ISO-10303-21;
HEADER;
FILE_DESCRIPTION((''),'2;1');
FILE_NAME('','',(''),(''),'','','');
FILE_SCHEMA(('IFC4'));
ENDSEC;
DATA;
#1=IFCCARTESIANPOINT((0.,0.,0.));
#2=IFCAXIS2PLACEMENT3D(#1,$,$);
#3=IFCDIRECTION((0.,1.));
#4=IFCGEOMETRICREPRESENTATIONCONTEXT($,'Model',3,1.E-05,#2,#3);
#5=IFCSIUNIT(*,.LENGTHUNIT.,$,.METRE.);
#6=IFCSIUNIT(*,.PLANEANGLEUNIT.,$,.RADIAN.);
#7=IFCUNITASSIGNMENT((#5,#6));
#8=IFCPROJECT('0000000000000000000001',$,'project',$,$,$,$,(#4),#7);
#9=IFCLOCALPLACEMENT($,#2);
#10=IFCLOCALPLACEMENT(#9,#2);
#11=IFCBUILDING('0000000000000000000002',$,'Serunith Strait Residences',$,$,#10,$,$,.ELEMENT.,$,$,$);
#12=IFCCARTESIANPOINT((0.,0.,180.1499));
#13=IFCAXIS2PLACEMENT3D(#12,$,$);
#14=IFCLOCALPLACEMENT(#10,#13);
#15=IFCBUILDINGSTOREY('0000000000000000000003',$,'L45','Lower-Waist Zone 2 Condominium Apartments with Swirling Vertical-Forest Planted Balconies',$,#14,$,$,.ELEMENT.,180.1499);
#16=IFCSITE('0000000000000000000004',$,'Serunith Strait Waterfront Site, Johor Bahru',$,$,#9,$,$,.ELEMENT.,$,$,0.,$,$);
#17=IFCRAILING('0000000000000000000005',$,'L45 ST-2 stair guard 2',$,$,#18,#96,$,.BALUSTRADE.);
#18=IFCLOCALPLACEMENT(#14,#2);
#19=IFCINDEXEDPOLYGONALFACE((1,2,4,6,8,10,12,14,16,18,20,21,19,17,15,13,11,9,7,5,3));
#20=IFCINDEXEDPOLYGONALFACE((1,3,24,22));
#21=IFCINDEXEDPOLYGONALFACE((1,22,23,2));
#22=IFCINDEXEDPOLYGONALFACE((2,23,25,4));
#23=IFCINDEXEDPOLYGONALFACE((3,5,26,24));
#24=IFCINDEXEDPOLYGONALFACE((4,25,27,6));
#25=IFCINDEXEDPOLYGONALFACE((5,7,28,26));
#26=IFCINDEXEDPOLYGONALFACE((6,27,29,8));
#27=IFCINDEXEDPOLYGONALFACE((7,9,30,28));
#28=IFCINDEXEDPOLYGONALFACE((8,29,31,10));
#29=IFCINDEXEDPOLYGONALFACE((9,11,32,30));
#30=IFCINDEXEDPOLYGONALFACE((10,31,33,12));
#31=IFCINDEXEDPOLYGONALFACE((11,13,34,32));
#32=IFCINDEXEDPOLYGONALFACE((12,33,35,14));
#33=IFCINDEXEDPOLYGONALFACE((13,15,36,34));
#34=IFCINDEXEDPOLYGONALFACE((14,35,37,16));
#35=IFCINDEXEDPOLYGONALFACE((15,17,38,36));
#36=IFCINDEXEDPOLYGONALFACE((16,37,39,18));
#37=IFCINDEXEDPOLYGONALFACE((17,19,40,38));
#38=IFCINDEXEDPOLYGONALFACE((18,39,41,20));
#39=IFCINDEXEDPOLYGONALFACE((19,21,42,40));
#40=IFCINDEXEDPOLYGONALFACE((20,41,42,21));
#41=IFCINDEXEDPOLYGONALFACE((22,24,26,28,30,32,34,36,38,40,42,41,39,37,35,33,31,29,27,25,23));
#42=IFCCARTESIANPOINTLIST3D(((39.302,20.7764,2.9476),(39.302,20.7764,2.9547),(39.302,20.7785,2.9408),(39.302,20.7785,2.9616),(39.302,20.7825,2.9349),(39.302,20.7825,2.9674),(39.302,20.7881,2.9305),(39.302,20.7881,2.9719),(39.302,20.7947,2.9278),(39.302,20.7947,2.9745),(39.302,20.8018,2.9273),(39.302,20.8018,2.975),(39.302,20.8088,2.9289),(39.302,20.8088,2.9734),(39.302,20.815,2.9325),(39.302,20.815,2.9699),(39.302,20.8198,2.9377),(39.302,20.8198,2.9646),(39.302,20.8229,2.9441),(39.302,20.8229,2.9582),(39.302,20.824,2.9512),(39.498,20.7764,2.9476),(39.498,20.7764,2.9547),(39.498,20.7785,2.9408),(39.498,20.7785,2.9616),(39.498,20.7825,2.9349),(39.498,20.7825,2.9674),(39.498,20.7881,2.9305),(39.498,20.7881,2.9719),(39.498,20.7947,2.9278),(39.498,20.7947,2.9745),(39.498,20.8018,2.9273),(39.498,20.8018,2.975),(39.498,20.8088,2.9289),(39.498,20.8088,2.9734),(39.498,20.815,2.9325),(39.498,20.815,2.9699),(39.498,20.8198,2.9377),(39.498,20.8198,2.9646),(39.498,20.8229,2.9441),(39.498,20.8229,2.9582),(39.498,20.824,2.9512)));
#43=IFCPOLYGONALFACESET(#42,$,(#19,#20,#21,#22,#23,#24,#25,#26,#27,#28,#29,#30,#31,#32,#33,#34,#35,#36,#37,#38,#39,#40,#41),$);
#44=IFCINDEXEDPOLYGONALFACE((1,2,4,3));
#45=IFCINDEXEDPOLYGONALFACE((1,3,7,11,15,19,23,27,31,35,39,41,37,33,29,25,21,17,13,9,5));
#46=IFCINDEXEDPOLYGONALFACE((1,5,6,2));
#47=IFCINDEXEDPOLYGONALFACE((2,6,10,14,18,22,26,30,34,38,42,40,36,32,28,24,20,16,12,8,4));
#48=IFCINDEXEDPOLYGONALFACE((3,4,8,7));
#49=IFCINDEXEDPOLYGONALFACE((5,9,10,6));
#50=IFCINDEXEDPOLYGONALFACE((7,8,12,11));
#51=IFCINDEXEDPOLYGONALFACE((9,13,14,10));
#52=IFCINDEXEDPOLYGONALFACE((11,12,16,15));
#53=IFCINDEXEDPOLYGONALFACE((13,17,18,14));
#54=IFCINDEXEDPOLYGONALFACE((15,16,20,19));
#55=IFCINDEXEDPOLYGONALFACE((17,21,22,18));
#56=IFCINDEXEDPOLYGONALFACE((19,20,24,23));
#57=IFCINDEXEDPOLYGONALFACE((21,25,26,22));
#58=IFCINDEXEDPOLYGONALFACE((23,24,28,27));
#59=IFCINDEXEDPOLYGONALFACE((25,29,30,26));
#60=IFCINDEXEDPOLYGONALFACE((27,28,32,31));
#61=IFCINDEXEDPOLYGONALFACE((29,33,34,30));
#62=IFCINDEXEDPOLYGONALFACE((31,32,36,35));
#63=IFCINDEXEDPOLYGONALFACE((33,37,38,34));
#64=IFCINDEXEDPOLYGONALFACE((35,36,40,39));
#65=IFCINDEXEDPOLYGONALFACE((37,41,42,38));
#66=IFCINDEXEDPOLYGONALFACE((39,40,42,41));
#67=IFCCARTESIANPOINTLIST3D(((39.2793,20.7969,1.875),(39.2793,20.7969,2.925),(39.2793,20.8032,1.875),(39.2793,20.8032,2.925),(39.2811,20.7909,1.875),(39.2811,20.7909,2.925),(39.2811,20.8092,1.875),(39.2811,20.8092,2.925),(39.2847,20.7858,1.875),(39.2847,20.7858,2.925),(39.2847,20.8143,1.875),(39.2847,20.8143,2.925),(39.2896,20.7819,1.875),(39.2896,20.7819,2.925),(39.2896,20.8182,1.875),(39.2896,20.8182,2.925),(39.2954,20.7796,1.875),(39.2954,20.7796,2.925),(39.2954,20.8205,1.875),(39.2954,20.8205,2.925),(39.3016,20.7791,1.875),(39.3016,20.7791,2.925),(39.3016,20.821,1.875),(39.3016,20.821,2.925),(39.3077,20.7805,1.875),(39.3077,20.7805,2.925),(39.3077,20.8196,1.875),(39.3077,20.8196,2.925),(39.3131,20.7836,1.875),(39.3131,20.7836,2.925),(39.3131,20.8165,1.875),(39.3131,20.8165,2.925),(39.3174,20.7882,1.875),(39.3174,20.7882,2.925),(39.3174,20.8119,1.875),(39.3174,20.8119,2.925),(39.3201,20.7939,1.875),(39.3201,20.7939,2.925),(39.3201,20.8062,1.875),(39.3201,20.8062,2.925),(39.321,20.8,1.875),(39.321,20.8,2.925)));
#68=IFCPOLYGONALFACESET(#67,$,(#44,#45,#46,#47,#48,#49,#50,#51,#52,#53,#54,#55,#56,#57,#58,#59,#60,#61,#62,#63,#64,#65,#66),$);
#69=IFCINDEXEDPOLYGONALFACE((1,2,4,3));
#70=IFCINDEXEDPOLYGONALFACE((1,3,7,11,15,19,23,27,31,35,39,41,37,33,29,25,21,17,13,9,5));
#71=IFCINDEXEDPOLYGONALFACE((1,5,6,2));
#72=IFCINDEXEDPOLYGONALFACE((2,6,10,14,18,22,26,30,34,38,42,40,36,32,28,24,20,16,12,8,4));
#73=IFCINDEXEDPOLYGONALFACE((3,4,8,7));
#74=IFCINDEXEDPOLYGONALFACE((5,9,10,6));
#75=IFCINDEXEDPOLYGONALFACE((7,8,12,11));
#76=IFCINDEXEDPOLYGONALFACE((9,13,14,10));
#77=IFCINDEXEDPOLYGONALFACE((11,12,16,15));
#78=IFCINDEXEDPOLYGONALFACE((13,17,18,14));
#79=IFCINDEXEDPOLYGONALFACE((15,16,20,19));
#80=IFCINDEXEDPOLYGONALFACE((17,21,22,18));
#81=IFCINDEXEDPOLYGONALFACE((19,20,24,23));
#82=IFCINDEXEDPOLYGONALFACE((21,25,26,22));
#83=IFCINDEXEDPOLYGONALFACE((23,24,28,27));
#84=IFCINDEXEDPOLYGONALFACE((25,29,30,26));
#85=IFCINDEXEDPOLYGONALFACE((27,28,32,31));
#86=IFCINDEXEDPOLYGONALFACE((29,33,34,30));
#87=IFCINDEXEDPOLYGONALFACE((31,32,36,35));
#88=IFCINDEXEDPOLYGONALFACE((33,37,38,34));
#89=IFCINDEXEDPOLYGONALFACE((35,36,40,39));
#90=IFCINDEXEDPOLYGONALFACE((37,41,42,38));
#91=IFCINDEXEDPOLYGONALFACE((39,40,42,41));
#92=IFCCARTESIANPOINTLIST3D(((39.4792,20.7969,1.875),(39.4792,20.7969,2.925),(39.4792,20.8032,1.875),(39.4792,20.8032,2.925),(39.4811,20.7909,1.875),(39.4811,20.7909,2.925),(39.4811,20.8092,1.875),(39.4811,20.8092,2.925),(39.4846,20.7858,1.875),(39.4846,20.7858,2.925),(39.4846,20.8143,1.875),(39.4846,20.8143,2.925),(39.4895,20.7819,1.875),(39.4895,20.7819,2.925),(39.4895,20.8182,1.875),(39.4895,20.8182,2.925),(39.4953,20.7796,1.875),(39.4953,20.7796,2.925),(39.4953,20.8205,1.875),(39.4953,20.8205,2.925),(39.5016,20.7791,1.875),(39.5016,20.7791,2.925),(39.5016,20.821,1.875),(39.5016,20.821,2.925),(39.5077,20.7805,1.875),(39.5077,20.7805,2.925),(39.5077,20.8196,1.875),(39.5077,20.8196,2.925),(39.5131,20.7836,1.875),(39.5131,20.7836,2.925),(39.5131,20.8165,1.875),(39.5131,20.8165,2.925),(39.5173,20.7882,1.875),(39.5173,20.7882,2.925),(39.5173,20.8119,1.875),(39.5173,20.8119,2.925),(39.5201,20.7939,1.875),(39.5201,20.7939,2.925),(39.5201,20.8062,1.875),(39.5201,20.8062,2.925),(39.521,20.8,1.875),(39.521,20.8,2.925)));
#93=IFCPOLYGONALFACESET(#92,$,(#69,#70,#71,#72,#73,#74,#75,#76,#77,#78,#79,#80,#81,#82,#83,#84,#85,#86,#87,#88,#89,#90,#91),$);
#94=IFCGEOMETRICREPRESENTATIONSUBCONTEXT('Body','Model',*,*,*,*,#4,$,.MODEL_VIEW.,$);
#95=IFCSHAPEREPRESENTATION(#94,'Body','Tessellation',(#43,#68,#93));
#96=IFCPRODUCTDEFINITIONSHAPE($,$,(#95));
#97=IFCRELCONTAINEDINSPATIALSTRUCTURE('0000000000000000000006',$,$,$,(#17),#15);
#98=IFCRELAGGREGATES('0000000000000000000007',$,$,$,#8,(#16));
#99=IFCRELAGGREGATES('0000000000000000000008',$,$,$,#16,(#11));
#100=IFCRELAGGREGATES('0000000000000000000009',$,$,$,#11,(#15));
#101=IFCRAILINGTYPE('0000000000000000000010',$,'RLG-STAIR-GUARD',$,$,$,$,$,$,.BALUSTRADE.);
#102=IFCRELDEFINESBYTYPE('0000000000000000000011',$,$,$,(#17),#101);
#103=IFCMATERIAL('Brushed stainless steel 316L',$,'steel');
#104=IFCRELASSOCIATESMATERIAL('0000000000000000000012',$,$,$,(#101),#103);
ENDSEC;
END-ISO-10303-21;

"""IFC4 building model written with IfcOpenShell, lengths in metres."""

from ifc_helpers import new_model, si_unit, direction, frame, origin, origin_2d, place, context, subcontext, project, spatial, circle, extrude, material, type_object, element, save


model = new_model("IFC4")

# Units and contexts
model_context = context("Model", 3, precision=1e-05, world=origin(), true_north=direction((0.0, 1.0)))
body_context = subcontext(model_context, "Body", "Model", "MODEL_VIEW")
ifc_project = project(units=[si_unit("LENGTHUNIT", "METRE"), si_unit("PLANEANGLEUNIT", "RADIAN")], contexts=[model_context])

# Site, building, storey
site_placement = place(None, origin())
site = spatial("IfcSite", under=ifc_project, at=site_placement, Name="Serunith Strait Waterfront Site, Johor Bahru", CompositionType="ELEMENT", RefElevation=0.0)
building_placement = place(site_placement, origin())
building = spatial("IfcBuilding", under=site, at=building_placement, Name="Serunith Strait Residences", CompositionType="ELEMENT")
storey_placement = place(building_placement, frame((0.0, 0.0, 180.1499)))
storey = spatial("IfcBuildingStorey", under=building, at=storey_placement, Name="L45", Description="Lower-Waist Zone 2 Condominium Apartments with Swirling Vertical-Forest Planted Balconies", CompositionType="ELEMENT", Elevation=180.1499)

# Railing
ifc_material_1 = material(Name="Brushed stainless steel 316L", Category="steel")
railing_type_1 = type_object("IfcRailingType", Name="RLG-STAIR-GUARD", PredefinedType="BALUSTRADE", material=ifc_material_1)
railing_1_placement = place(storey_placement, frame((39.3, 20.8, 1.875)))
element("IfcRailing", 1, at=railing_1_placement, inside=storey, type_object=railing_type_1, Name="L45 ST-2 stair guard 2", PredefinedType="BALUSTRADE", context=body_context, shape_type="SweptSolid", body=[
    extrude(circle(Radius=0.0239, at=origin_2d()), frame((0.002, 0.0, 1.0762), z_axis=(1.0, 0.0, 0.0), x_axis=(0.0, 1.0, 0.0)), (0.0, 0.0, 1.0), 0.196),
    extrude(circle(Radius=0.021, at=origin_2d()), origin(), (0.0, 0.0, 1.0), 1.05),
    extrude(circle(Radius=0.021, at=origin_2d()), frame((0.2, 0.0, 0.0)), (0.0, 0.0, 1.0), 1.05),
])

save(model, "model.ifc")
